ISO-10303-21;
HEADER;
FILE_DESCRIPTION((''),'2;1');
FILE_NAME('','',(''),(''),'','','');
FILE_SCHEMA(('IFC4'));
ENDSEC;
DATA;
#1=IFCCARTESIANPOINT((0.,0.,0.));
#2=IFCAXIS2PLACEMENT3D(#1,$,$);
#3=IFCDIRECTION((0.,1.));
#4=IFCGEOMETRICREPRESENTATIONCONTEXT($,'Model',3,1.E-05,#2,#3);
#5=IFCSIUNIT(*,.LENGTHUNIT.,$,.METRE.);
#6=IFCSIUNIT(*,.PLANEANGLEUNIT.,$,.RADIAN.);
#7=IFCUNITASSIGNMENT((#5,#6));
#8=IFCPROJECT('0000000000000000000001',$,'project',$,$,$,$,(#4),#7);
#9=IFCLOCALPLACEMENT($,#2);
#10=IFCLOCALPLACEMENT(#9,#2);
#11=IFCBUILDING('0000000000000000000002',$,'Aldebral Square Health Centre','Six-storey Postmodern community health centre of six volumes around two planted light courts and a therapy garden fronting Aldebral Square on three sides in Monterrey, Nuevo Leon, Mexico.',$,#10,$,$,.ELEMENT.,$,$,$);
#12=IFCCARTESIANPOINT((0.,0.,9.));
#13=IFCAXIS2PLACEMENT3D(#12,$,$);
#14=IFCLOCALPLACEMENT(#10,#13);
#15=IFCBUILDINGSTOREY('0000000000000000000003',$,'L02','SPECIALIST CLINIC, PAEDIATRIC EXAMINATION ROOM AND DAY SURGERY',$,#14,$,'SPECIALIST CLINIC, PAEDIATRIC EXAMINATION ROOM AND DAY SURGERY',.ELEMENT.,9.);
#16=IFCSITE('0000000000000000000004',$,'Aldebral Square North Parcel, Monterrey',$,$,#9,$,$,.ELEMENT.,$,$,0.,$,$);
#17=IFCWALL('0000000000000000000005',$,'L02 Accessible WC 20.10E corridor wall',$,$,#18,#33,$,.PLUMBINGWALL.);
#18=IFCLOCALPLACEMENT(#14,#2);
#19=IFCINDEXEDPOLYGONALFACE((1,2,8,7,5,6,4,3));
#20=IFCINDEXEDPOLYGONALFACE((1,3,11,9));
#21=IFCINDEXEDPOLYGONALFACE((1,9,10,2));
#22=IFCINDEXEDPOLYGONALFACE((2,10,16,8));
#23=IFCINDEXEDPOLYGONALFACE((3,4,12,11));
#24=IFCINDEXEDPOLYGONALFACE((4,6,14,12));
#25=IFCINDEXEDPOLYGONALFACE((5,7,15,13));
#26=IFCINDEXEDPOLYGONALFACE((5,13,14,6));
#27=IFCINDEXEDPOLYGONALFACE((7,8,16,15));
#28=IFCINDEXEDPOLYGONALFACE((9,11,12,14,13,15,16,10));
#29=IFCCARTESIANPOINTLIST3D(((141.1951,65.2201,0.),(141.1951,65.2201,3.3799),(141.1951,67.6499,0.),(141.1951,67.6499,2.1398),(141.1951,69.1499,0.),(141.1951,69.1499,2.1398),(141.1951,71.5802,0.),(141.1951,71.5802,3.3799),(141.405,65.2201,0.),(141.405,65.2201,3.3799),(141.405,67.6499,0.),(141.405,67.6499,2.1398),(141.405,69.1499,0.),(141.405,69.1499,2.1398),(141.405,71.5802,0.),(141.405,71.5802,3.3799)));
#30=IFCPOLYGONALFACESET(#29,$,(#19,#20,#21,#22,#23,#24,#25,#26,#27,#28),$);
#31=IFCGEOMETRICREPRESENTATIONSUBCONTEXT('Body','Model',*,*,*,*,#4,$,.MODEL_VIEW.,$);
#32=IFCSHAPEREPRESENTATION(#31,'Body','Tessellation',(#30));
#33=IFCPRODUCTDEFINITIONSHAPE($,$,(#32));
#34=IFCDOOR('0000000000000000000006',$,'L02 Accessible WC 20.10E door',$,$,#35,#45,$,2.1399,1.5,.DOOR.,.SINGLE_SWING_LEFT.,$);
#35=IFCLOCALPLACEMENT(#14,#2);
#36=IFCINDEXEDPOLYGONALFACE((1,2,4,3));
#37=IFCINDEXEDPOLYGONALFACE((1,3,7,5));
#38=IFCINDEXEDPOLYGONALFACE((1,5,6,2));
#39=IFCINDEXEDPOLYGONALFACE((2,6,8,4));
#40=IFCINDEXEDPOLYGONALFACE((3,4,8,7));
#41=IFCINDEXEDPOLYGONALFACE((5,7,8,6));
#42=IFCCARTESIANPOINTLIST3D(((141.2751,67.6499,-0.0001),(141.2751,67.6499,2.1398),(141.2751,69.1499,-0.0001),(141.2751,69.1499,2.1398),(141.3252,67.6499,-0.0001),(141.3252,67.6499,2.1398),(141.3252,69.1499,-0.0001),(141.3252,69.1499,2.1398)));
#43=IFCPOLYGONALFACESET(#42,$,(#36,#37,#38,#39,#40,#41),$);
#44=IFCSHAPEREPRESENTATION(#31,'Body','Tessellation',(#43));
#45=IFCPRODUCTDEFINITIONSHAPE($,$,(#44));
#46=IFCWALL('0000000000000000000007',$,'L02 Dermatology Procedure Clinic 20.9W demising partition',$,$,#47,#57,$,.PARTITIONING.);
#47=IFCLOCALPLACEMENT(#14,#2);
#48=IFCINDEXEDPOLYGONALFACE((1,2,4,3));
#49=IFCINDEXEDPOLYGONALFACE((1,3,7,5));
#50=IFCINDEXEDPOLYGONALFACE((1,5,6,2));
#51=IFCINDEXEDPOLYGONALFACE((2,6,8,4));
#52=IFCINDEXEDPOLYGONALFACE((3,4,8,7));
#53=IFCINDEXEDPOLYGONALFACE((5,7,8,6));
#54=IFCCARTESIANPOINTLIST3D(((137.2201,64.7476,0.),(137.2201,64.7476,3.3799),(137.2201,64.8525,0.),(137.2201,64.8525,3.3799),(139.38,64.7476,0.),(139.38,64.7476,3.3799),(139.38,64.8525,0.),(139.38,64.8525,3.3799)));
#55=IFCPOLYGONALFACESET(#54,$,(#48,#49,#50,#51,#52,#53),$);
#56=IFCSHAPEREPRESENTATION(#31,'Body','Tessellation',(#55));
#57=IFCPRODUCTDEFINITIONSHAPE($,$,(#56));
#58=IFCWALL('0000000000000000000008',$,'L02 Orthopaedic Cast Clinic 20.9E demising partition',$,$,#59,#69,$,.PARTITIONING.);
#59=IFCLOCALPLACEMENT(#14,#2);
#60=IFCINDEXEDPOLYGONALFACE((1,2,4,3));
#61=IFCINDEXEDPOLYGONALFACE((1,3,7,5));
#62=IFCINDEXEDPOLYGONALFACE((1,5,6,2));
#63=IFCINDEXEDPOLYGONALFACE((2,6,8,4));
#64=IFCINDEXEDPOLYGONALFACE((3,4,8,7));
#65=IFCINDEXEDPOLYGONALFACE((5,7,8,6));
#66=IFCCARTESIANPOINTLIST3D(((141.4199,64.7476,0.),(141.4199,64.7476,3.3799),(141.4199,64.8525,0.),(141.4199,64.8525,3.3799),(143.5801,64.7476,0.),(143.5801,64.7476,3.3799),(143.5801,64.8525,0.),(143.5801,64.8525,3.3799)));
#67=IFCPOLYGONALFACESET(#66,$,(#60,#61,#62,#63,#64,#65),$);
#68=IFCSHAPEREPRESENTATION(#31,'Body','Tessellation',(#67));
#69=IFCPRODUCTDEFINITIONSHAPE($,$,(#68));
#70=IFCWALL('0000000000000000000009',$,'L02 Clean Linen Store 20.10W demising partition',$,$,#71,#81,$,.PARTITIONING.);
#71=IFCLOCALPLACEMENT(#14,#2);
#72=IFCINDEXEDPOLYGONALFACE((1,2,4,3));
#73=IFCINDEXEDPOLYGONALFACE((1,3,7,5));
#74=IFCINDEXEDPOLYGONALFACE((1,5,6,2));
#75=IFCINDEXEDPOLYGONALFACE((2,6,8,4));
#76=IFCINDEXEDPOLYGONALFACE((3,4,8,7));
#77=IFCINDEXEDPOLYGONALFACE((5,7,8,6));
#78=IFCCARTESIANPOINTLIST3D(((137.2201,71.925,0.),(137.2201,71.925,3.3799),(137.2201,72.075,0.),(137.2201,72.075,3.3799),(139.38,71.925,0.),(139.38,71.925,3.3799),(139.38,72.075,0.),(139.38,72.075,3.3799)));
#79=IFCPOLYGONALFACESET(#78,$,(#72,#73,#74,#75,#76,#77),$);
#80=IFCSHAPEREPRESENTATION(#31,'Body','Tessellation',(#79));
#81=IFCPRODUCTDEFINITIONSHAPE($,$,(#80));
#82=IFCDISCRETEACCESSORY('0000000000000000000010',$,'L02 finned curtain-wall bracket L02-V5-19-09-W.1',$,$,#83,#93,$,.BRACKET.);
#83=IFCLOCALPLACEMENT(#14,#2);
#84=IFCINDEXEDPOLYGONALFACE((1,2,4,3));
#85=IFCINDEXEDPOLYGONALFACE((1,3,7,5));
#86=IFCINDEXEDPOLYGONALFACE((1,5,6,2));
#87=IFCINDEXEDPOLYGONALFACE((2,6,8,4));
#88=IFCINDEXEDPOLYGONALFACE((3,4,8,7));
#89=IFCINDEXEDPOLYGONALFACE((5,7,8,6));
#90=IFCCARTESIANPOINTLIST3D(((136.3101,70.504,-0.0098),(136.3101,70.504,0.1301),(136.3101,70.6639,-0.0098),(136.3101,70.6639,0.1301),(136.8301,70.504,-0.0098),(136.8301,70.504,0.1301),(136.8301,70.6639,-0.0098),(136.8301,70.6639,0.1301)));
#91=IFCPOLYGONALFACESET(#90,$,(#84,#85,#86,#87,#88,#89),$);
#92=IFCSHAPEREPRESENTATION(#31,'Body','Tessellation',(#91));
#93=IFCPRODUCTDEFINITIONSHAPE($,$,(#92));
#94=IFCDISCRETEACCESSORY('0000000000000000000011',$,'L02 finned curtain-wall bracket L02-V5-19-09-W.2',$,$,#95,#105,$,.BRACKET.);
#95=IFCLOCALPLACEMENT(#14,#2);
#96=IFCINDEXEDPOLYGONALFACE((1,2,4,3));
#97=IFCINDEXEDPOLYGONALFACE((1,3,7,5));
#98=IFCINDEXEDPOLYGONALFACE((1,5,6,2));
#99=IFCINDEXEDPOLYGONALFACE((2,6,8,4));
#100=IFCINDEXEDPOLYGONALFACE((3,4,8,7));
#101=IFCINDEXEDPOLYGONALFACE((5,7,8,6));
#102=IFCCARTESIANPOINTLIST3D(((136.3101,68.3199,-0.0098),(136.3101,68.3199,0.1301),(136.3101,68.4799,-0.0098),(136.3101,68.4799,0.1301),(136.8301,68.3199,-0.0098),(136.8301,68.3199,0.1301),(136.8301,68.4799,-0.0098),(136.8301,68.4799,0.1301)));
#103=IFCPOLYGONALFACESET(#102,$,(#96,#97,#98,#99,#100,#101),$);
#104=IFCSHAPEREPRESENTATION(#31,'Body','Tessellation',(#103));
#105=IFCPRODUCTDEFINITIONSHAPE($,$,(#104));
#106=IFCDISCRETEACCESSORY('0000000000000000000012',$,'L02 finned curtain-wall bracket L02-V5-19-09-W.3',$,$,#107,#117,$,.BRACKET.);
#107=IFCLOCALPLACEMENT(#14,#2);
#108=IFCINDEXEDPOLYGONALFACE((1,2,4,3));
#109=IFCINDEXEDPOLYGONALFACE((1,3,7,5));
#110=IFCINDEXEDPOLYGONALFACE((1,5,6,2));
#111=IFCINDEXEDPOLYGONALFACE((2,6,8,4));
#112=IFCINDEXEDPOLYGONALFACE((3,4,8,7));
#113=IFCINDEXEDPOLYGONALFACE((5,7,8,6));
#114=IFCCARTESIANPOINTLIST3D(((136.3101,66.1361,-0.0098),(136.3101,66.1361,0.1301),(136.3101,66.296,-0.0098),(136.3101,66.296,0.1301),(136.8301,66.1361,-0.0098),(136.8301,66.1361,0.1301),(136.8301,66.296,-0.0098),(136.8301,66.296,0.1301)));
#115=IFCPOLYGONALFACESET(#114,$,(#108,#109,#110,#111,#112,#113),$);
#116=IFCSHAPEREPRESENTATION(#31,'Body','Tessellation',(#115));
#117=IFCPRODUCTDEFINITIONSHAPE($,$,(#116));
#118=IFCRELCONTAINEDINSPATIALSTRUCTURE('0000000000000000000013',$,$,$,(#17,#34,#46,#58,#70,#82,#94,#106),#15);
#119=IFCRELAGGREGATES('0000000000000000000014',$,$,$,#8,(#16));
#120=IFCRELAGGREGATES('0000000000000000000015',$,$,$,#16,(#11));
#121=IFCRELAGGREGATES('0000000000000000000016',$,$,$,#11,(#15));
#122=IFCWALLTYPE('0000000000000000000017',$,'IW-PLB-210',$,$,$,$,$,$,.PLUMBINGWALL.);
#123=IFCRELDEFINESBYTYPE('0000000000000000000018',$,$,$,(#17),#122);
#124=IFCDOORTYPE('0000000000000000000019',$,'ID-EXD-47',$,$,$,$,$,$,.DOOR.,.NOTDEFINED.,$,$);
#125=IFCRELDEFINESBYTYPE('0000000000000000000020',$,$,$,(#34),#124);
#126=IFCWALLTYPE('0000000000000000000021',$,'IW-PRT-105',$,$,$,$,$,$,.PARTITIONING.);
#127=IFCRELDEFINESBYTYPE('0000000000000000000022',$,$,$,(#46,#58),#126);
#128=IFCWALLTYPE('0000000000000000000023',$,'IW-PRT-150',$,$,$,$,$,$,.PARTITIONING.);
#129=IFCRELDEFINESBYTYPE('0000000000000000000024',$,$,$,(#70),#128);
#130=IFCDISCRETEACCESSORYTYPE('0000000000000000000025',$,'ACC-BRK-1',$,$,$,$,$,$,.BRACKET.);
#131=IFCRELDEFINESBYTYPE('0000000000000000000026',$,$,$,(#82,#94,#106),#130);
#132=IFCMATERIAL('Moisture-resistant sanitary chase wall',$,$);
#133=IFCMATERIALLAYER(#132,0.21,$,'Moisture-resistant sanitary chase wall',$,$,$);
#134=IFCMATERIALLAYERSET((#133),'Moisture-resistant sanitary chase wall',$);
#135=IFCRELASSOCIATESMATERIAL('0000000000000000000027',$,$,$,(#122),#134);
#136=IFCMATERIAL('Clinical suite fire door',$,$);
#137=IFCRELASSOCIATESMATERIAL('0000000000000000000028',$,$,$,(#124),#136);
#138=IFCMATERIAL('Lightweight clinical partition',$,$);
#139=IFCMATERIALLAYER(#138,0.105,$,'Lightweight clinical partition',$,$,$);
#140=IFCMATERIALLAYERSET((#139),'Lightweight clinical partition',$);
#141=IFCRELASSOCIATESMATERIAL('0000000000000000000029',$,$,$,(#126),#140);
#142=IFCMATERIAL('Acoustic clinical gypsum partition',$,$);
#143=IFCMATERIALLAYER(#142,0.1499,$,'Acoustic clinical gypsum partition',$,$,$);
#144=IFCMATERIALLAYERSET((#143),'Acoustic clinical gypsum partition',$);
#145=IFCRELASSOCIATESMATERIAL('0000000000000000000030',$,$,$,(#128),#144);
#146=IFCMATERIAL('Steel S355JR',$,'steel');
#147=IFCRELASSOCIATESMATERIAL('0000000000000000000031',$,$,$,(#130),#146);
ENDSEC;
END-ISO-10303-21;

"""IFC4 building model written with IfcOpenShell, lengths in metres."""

from ifc_helpers import new_model, si_unit, direction, frame, frame_2d, origin, origin_2d, place, context, subcontext, project, spatial, rectangle, extrude, material, layer, layer_set, type_object, element, fill, save


model = new_model("IFC4")

# Units and contexts
model_context = context("Model", 3, precision=1e-05, world=origin(), true_north=direction((0.0, 1.0)))
body_context = subcontext(model_context, "Body", "Model", "MODEL_VIEW")
ifc_project = project(units=[si_unit("LENGTHUNIT", "METRE"), si_unit("PLANEANGLEUNIT", "RADIAN")], contexts=[model_context])

# Site, building, storey
site_placement = place(None, origin())
site = spatial("IfcSite", under=ifc_project, at=site_placement, Name="Aldebral Square North Parcel, Monterrey", CompositionType="ELEMENT", RefElevation=0.0)
building_placement = place(site_placement, origin())
building = spatial("IfcBuilding", under=site, at=building_placement, Name="Aldebral Square Health Centre", Description="Six-storey Postmodern community health centre of six volumes around two planted light courts and a therapy garden fronting Aldebral Square on three sides in Monterrey, Nuevo Leon, Mexico.", CompositionType="ELEMENT")
storey_placement = place(building_placement, frame((0.0, 0.0, 9.0)))
storey = spatial("IfcBuildingStorey", under=building, at=storey_placement, Name="L02", Description="SPECIALIST CLINIC, PAEDIATRIC EXAMINATION ROOM AND DAY SURGERY", LongName="SPECIALIST CLINIC, PAEDIATRIC EXAMINATION ROOM AND DAY SURGERY", CompositionType="ELEMENT", Elevation=9.0)

# Wall, opening, door
ifc_material_1 = material(Name="Clinical suite fire door")
ifc_material_2 = material(Name="Moisture-resistant sanitary chase wall")
ifc_layer_1 = layer(ifc_material_2, 0.21, Name="Moisture-resistant sanitary chase wall")
ifc_layer_set_1 = layer_set([ifc_layer_1], Name="Moisture-resistant sanitary chase wall")
wall_type_1 = type_object("IfcWallType", Name="IW-PLB-210", PredefinedType="PLUMBINGWALL", material=ifc_layer_set_1)
wall_1_placement = place(storey_placement, frame((141.3, 65.22, 0.0), z_axis=(0.0, 0.0, 1.0), x_axis=(0.0, 1.0, 0.0)))
wall_1 = element("IfcWall", 1, at=wall_1_placement, inside=storey, type_object=wall_type_1, Name="L02 Accessible WC 20.10E corridor wall", PredefinedType="PLUMBINGWALL", context=body_context, shape_type="SweptSolid", body=[
    extrude(rectangle(XDim=6.3601, YDim=0.21, at=frame_2d((3.1802, 0.0))), origin(), (0.0, 0.0, 1.0), 3.3799),
])
opening_1_placement = place(wall_1_placement, frame((2.4299, 0.0, 0.0)))
opening_1 = element("IfcOpeningElement", 2, at=opening_1_placement, cuts=wall_1, PredefinedType="OPENING", context=body_context, shape_type="SweptSolid", body=[
    extrude(rectangle(XDim=1.5, YDim=2.1399, at=frame_2d((0.75, 1.0698))), frame((0.0, 0.115, 0.0), z_axis=(0.0, -1.0, 0.0), x_axis=(1.0, 0.0, 0.0)), (0.0, 0.0, 1.0), 0.23),
])
door_type_1 = type_object("IfcDoorType", Name="ID-EXD-47", OperationType="NOTDEFINED", PredefinedType="DOOR", material=ifc_material_1)
door_1_placement = place(opening_1_placement, origin())
door_1 = element("IfcDoor", 3, at=door_1_placement, inside=storey, type_object=door_type_1, Name="L02 Accessible WC 20.10E door", OperationType="SINGLE_SWING_LEFT", OverallHeight=2.1399, OverallWidth=1.5, PredefinedType="DOOR", context=body_context, shape_type="SweptSolid", body=[
    extrude(rectangle(XDim=1.5, YDim=2.1399, at=frame_2d((0.75, 1.0698))), frame((0.0, 0.0249, 0.0), z_axis=(0.0, -1.0, 0.0), x_axis=(1.0, 0.0, 0.0)), (0.0, 0.0, 1.0), 0.05),
])
fill(opening_1, door_1)

# Walls
ifc_material_3 = material(Name="Lightweight clinical partition")
ifc_layer_2 = layer(ifc_material_3, 0.105, Name="Lightweight clinical partition")
ifc_layer_set_2 = layer_set([ifc_layer_2], Name="Lightweight clinical partition")
wall_type_2 = type_object("IfcWallType", Name="IW-PRT-105", PredefinedType="PARTITIONING", material=ifc_layer_set_2)
wall_2_placement = place(storey_placement, frame((137.22, 64.8, 0.0), z_axis=(0.0, 0.0, 1.0), x_axis=(1.0, 0.0, 0.0)))
element("IfcWall", 4, at=wall_2_placement, inside=storey, type_object=wall_type_2, Name="L02 Dermatology Procedure Clinic 20.9W demising partition", PredefinedType="PARTITIONING", context=body_context, shape_type="SweptSolid", body=[
    extrude(rectangle(XDim=2.1599, YDim=0.105, at=frame_2d((1.0801, 0.0))), origin(), (0.0, 0.0, 1.0), 3.3799),
])
wall_3_placement = place(storey_placement, frame((141.4199, 64.8, 0.0), z_axis=(0.0, 0.0, 1.0), x_axis=(1.0, 0.0, 0.0)))
element("IfcWall", 5, at=wall_3_placement, inside=storey, type_object=wall_type_2, Name="L02 Orthopaedic Cast Clinic 20.9E demising partition", PredefinedType="PARTITIONING", context=body_context, shape_type="SweptSolid", body=[
    extrude(rectangle(XDim=2.1602, YDim=0.105, at=frame_2d((1.0801, 0.0))), origin(), (0.0, 0.0, 1.0), 3.3799),
])
ifc_material_4 = material(Name="Acoustic clinical gypsum partition")
ifc_layer_3 = layer(ifc_material_4, 0.1499, Name="Acoustic clinical gypsum partition")
ifc_layer_set_3 = layer_set([ifc_layer_3], Name="Acoustic clinical gypsum partition")
wall_type_3 = type_object("IfcWallType", Name="IW-PRT-150", PredefinedType="PARTITIONING", material=ifc_layer_set_3)
wall_4_placement = place(storey_placement, frame((137.22, 72.0, 0.0), z_axis=(0.0, 0.0, 1.0), x_axis=(1.0, 0.0, 0.0)))
element("IfcWall", 6, at=wall_4_placement, inside=storey, type_object=wall_type_3, Name="L02 Clean Linen Store 20.10W demising partition", PredefinedType="PARTITIONING", context=body_context, shape_type="SweptSolid", body=[
    extrude(rectangle(XDim=2.1599, YDim=0.1499, at=frame_2d((1.0801, 0.0))), origin(), (0.0, 0.0, 1.0), 3.3799),
])

# Discrete accessories
ifc_material_5 = material(Name="Steel S355JR", Category="steel")
discrete_accessory_type = type_object("IfcDiscreteAccessoryType", Name="ACC-BRK-1", PredefinedType="BRACKET", material=ifc_material_5)
for number, where, z_axis, x_axis, name in (
    (7, (136.5701, 70.584, -0.0098), (0.0, 0.0, 1.0), (0.0, 1.0, 0.0), "L02 finned curtain-wall bracket L02-V5-19-09-W.1"),
    (8, (136.5701, 68.3999, -0.0098), (0.0, 0.0, 1.0), (0.0, 1.0, 0.0), "L02 finned curtain-wall bracket L02-V5-19-09-W.2"),
    (9, (136.5701, 66.2161, -0.0098), (0.0, 0.0, 1.0), (0.0, 1.0, 0.0), "L02 finned curtain-wall bracket L02-V5-19-09-W.3"),
):
    element("IfcDiscreteAccessory", number, at=place(storey_placement, frame(where, z_axis=z_axis, x_axis=x_axis)), inside=storey, type_object=discrete_accessory_type, Name=name, PredefinedType="BRACKET", context=body_context, shape_type="SweptSolid", body=[
        extrude(rectangle(XDim=0.1599, YDim=0.52, at=origin_2d()), origin(), (0.0, 0.0, 1.0), 0.1399),
    ])

save(model, "model.ifc")
